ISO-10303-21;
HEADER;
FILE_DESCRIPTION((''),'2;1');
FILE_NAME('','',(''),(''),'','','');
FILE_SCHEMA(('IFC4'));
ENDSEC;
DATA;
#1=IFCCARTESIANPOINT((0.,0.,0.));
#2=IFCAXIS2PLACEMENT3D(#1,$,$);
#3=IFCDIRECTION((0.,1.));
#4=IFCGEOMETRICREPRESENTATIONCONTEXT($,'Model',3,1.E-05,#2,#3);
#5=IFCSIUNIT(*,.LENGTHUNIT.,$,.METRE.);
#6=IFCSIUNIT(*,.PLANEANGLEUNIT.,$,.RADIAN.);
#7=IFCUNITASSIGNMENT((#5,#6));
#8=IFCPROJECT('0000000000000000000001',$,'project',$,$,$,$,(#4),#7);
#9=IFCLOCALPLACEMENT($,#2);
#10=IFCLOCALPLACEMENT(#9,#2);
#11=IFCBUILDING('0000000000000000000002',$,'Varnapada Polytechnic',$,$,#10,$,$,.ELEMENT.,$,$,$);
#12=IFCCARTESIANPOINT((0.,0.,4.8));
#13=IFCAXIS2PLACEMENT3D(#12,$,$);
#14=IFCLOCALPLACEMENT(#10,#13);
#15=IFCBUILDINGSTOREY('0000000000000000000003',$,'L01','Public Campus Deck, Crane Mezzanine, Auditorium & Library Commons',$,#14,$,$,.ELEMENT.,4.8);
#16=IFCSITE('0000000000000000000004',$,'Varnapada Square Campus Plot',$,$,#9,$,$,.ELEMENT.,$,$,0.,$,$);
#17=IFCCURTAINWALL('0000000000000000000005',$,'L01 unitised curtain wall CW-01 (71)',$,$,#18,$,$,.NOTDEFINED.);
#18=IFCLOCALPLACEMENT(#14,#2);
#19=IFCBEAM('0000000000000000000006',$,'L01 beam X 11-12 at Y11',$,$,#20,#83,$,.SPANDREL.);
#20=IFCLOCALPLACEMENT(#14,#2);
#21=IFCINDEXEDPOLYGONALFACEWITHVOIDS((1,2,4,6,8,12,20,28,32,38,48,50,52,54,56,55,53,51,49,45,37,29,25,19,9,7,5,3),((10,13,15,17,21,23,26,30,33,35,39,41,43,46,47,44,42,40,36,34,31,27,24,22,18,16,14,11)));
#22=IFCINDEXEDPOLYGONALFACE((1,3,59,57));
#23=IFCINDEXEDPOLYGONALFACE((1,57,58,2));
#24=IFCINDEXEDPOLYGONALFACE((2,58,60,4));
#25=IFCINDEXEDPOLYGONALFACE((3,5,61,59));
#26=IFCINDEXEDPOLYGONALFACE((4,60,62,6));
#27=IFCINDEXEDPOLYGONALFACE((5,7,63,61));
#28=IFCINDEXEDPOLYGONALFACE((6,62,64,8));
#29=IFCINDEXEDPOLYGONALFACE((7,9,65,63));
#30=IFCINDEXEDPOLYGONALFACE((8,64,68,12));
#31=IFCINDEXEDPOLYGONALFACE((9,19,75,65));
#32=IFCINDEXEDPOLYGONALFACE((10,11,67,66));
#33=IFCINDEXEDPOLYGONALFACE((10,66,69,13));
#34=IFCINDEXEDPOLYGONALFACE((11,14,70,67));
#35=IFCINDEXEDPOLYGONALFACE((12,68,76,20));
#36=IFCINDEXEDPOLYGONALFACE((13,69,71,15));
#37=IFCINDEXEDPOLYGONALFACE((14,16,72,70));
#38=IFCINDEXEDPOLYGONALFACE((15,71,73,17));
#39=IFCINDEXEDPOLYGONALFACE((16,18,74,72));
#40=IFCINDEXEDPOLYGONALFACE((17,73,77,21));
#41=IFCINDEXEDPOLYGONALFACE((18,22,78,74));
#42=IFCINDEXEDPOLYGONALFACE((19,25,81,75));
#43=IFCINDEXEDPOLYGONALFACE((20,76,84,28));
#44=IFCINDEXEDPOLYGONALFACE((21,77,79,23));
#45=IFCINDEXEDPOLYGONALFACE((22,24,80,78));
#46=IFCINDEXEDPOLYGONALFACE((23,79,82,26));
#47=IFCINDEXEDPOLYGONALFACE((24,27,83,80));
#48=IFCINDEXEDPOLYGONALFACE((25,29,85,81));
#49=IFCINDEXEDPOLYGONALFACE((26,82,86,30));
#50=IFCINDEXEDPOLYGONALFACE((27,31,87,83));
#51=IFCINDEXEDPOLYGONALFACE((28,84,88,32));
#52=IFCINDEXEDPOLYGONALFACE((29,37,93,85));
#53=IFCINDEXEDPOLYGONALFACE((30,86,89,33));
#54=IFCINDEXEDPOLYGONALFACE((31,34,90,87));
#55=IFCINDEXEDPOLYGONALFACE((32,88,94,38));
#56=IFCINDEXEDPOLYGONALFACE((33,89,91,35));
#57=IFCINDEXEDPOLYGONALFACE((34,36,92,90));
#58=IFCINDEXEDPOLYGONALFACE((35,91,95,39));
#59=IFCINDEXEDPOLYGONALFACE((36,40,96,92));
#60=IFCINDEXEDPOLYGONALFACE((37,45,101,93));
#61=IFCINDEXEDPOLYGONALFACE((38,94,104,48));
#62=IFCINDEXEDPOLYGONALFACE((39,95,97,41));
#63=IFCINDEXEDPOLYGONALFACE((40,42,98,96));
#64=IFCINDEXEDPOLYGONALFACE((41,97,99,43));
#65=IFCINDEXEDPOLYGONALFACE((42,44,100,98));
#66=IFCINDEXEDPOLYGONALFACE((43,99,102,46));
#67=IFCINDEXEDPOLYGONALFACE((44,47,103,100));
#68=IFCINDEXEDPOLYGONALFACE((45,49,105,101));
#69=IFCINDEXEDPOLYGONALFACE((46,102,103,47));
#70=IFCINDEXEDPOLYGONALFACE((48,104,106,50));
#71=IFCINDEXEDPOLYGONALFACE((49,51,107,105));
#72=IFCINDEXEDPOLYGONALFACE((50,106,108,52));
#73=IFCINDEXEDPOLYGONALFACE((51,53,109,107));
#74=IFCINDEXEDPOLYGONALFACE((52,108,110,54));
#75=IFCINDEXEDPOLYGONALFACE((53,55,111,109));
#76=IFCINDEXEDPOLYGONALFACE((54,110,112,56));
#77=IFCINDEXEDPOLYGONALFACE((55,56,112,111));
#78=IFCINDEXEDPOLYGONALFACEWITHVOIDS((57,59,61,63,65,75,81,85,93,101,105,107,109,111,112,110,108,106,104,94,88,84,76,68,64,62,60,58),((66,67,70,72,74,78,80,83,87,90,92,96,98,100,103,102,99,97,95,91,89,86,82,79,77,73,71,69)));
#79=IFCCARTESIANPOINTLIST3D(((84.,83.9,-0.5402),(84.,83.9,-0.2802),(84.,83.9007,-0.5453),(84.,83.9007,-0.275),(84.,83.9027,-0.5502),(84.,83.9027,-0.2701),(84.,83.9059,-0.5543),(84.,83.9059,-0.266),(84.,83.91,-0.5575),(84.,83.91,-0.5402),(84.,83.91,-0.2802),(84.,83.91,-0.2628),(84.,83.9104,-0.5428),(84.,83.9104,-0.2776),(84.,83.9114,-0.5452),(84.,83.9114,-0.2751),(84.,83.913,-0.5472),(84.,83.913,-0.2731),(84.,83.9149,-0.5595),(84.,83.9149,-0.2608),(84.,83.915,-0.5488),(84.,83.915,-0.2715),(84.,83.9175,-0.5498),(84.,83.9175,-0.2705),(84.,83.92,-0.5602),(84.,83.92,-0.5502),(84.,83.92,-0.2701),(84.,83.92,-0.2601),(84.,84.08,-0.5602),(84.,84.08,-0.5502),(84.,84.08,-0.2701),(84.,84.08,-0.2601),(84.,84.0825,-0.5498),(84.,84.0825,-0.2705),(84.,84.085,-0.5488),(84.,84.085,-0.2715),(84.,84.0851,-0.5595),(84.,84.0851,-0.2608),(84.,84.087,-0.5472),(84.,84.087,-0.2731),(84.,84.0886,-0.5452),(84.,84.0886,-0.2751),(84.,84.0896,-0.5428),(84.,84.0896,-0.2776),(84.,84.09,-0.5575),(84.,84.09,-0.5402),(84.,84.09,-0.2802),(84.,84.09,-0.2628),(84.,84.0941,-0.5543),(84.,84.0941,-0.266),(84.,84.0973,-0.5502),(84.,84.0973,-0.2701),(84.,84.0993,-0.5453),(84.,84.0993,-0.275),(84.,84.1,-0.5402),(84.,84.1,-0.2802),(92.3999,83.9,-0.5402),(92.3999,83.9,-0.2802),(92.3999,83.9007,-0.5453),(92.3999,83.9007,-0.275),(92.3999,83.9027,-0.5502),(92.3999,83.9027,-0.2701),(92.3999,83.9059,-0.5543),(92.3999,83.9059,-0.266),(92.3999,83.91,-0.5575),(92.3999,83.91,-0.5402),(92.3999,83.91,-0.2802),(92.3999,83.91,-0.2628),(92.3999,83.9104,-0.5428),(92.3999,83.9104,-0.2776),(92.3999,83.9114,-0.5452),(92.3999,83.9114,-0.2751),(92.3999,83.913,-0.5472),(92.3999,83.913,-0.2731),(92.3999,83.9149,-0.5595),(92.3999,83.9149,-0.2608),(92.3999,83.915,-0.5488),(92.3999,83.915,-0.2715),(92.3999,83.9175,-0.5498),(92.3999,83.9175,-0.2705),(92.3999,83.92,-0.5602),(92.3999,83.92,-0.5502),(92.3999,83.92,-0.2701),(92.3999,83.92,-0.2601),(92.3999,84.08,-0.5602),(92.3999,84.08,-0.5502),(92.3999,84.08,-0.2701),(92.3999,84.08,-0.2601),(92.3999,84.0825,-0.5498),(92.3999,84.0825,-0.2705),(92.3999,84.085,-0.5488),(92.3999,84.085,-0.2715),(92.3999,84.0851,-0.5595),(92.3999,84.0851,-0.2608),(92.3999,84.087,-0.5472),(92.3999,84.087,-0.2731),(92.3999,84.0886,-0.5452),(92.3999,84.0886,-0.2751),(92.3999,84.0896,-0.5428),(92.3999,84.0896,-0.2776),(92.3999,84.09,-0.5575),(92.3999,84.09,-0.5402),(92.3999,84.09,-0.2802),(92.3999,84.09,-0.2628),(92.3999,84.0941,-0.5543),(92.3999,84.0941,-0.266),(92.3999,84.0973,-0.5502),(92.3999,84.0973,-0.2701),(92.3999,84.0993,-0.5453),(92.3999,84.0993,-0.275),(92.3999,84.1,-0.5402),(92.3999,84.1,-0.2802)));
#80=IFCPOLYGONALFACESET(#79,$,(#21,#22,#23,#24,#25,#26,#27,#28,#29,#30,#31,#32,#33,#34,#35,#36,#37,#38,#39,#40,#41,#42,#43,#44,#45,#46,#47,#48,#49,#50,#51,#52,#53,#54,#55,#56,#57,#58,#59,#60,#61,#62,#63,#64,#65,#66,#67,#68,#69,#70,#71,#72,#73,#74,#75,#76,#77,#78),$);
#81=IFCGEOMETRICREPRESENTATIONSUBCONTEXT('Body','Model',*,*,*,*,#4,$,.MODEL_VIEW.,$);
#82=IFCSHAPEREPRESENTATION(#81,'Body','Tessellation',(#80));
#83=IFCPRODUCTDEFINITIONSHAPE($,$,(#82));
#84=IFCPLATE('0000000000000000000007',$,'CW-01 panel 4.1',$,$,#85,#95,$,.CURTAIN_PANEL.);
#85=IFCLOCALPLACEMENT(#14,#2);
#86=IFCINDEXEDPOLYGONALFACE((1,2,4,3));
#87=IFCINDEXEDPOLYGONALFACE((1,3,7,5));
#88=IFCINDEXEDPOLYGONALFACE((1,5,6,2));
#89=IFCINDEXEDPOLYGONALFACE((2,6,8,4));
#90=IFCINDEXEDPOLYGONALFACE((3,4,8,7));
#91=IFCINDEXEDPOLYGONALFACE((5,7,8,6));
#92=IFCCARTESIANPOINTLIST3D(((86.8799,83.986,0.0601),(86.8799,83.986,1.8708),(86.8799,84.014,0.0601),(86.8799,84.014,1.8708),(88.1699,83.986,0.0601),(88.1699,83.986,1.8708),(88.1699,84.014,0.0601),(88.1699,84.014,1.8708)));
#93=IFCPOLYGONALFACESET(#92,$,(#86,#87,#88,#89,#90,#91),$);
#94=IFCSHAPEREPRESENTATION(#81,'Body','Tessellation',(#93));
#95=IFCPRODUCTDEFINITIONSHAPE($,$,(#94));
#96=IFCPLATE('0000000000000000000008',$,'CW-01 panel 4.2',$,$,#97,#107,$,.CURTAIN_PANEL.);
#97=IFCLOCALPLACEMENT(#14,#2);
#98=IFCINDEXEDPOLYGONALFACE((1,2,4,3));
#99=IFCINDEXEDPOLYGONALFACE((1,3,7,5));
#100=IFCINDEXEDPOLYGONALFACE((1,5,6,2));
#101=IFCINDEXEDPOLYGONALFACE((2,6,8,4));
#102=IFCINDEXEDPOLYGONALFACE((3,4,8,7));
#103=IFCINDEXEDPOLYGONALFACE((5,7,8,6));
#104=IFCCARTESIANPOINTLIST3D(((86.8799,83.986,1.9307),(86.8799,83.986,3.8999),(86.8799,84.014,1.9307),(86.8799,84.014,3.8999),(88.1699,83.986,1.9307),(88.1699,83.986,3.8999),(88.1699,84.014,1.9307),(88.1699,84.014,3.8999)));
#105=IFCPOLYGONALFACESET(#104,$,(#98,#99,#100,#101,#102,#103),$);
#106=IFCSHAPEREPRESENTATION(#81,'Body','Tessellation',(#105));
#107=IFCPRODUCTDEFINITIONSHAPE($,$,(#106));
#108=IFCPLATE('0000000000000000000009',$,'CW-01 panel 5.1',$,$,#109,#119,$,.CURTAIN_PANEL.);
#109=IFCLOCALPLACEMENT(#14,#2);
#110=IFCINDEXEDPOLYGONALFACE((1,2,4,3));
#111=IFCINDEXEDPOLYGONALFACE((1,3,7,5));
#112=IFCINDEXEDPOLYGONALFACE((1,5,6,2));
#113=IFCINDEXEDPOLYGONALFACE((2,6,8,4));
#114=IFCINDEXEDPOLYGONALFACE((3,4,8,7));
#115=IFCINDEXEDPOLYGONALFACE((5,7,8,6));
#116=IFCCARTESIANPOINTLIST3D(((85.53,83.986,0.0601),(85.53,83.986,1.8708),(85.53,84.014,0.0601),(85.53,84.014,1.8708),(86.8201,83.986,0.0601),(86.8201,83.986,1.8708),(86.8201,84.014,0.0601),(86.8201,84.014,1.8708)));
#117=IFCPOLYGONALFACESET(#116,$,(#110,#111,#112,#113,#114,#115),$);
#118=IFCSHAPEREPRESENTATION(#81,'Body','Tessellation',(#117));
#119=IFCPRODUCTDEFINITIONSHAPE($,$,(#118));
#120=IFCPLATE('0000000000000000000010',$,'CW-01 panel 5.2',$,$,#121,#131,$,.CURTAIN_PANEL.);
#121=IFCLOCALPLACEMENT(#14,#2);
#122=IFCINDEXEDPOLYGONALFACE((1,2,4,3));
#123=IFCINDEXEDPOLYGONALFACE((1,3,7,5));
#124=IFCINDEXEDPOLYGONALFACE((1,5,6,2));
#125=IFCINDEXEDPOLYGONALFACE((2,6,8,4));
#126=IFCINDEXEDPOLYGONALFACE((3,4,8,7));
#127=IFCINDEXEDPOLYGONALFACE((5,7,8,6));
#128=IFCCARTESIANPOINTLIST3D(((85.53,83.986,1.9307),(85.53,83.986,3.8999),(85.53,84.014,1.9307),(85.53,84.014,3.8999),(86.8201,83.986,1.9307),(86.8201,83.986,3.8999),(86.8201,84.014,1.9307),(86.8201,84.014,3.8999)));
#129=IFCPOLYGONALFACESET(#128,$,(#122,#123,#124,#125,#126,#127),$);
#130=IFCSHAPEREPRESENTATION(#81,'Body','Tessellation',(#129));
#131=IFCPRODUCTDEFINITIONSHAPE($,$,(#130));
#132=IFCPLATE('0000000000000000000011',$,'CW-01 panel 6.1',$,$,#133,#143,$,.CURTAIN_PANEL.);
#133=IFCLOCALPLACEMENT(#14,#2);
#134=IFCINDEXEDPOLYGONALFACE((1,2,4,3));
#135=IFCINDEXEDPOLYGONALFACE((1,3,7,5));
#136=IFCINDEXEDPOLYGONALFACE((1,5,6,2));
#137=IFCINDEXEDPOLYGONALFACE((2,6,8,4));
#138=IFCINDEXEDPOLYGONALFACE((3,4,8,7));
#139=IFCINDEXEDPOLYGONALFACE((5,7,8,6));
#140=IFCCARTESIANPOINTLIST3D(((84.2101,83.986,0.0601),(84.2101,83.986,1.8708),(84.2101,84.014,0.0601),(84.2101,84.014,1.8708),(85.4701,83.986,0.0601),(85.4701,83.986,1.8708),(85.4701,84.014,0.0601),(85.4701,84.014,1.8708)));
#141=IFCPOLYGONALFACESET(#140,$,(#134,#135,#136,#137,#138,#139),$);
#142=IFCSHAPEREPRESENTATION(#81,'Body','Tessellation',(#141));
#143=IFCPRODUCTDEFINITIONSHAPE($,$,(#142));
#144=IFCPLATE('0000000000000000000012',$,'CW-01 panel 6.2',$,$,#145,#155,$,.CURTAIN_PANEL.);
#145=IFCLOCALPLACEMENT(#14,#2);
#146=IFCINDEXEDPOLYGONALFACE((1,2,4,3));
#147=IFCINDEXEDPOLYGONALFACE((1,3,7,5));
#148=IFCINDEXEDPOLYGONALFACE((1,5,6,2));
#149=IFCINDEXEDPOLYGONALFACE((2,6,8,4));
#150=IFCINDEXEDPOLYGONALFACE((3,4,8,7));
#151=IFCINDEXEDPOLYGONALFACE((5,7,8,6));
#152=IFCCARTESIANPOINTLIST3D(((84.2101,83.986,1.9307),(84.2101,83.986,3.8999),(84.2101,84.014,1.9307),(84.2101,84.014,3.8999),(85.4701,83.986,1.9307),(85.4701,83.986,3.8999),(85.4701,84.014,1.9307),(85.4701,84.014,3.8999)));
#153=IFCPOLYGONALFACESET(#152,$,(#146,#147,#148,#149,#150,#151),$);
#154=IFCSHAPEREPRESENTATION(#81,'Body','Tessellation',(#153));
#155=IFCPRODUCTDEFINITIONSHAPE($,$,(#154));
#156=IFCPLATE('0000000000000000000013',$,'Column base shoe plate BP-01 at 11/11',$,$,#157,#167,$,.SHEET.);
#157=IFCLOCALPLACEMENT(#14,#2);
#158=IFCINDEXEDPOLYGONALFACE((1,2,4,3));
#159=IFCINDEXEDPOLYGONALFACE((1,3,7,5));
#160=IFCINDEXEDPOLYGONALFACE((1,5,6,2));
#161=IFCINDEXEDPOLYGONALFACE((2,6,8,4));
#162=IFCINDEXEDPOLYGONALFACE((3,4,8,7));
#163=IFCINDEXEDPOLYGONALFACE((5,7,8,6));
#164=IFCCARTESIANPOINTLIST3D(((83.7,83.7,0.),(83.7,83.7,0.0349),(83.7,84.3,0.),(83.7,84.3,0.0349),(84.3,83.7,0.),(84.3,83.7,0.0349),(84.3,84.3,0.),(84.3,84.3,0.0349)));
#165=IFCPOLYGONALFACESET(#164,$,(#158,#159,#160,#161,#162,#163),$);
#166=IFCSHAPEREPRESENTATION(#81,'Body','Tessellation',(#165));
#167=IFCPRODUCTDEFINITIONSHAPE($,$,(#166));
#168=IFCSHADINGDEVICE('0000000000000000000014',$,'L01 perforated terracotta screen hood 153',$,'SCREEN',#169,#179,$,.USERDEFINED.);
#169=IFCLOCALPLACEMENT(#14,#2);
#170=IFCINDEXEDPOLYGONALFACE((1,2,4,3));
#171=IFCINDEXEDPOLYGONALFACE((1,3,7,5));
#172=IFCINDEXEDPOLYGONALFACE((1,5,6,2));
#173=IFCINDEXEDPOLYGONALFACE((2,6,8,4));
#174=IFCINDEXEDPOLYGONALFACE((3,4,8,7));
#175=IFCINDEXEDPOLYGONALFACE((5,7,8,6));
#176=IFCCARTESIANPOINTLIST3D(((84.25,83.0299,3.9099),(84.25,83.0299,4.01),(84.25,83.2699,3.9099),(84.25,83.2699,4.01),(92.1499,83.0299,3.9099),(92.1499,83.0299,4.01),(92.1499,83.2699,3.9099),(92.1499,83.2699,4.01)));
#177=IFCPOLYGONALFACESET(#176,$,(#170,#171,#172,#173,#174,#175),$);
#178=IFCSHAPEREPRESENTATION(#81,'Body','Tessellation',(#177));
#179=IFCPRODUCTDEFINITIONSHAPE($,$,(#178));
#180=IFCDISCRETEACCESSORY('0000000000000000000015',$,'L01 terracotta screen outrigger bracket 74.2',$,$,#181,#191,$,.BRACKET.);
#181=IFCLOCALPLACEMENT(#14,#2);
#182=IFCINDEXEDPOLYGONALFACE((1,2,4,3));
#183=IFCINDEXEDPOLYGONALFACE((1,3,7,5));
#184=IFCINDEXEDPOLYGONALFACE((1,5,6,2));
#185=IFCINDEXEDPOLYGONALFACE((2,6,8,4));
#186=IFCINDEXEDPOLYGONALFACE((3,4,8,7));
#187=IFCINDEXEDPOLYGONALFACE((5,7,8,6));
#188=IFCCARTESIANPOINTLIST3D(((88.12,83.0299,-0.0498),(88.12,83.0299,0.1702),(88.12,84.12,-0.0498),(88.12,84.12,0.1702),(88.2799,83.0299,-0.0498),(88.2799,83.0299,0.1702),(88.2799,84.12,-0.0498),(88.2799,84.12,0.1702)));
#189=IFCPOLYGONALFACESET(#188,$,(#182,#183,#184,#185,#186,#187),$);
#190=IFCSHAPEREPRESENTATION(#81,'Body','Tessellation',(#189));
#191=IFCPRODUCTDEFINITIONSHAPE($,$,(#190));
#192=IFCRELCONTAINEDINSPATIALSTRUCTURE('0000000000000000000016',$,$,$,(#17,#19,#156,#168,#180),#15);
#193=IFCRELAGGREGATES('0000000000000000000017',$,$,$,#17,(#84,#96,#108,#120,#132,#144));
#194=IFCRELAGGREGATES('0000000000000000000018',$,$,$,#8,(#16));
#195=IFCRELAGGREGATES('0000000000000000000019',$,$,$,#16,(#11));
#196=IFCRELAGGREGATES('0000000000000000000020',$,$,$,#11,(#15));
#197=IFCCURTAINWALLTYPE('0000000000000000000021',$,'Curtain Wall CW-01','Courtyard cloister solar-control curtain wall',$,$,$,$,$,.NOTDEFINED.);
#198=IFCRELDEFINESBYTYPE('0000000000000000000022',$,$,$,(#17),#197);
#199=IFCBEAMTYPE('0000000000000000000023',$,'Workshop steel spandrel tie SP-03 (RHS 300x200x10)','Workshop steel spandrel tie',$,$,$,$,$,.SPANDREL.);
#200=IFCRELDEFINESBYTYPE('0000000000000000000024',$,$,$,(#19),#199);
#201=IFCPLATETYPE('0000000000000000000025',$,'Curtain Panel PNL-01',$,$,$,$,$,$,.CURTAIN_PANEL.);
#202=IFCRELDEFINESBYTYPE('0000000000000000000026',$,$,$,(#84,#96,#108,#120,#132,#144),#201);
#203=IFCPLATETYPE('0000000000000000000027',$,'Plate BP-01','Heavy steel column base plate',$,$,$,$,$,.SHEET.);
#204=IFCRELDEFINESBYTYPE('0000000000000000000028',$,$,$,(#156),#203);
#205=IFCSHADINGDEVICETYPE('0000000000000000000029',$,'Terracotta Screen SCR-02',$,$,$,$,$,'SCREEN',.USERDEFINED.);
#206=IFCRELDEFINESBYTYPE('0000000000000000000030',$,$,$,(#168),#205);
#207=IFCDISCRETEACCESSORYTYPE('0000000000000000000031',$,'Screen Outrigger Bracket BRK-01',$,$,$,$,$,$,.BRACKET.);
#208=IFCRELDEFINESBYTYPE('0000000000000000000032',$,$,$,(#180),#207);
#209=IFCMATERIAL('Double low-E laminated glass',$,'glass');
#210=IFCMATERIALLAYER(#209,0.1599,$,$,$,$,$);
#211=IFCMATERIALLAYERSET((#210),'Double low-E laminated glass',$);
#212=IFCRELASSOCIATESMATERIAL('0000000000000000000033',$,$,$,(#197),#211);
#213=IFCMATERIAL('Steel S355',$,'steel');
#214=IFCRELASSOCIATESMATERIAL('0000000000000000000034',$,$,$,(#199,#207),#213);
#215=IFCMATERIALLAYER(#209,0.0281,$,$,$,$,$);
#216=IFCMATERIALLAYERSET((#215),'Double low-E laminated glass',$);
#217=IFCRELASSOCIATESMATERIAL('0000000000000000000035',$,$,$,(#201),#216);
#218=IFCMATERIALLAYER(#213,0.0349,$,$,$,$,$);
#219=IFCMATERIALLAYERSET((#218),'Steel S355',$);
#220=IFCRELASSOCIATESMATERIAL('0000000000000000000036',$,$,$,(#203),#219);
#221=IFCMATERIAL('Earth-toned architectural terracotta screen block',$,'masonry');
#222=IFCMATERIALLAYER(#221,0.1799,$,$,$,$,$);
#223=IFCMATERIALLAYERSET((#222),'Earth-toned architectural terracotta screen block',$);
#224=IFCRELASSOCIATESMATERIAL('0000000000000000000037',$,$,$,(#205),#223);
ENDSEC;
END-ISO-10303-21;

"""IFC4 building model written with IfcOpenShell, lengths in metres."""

from ifc_helpers import new_model, si_unit, direction, frame, origin, origin_2d, place, context, subcontext, project, spatial, rectangle, hollow_rectangle, extrude, material, layer, layer_set, material_profile, profile_set, type_object, element, aggregate, save


model = new_model("IFC4")

# Units and contexts
model_context = context("Model", 3, precision=1e-05, world=origin(), true_north=direction((0.0, 1.0)))
body_context = subcontext(model_context, "Body", "Model", "MODEL_VIEW")
ifc_project = project(units=[si_unit("LENGTHUNIT", "METRE"), si_unit("PLANEANGLEUNIT", "RADIAN")], contexts=[model_context])

# Site, building, storey
site_placement = place(None, origin())
site = spatial("IfcSite", under=ifc_project, at=site_placement, Name="Varnapada Square Campus Plot", CompositionType="ELEMENT", RefElevation=0.0)
building_placement = place(site_placement, origin())
building = spatial("IfcBuilding", under=site, at=building_placement, Name="Varnapada Polytechnic", CompositionType="ELEMENT")
storey_placement = place(building_placement, frame((0.0, 0.0, 4.8)))
storey = spatial("IfcBuildingStorey", under=building, at=storey_placement, Name="L01", Description="Public Campus Deck, Crane Mezzanine, Auditorium & Library Commons", CompositionType="ELEMENT", Elevation=4.8)

# Shared definitions
ifc_material_1 = material(Name="Steel S355", Category="steel")

# Curtain wall
ifc_material_2 = material(Name="Double low-E laminated glass", Category="glass")
ifc_layer_1 = layer(ifc_material_2, 0.1599)
ifc_layer_set_1 = layer_set([ifc_layer_1], Name="Double low-E laminated glass")
curtain_wall_type = type_object("IfcCurtainWallType", Name="Curtain Wall CW-01", Description="Courtyard cloister solar-control curtain wall", PredefinedType="NOTDEFINED", material=ifc_layer_set_1)
curtain_wall_placement = place(storey_placement, origin())
curtain_wall = element("IfcCurtainWall", 1, at=curtain_wall_placement, inside=storey, type_object=curtain_wall_type, Name="L01 unitised curtain wall CW-01 (71)", PredefinedType="NOTDEFINED")

# Beam
ifc_material_profile_1 = material_profile(ifc_material_1, hollow_rectangle(XDim=0.2, YDim=0.3, WallThickness=0.01, InnerFilletRadius=0.01, OuterFilletRadius=0.02, at=origin_2d()), Name="RHS 300x200x10")
ifc_profile_set_1 = profile_set([ifc_material_profile_1], Name="Steel S355")
beam_type_1 = type_object("IfcBeamType", Name="Workshop steel spandrel tie SP-03 (RHS 300x200x10)", Description="Workshop steel spandrel tie", PredefinedType="SPANDREL", material=ifc_profile_set_1)
beam_1_placement = place(storey_placement, frame((84.0, 84.0, -0.4102), z_axis=(1.0, 0.0, 0.0), x_axis=(0.0, 1.0, 0.0)))
element("IfcBeam", 2, at=beam_1_placement, inside=storey, type_object=beam_type_1, Name="L01 beam X 11-12 at Y11", PredefinedType="SPANDREL", context=body_context, shape_type="SweptSolid", body=[
    extrude(hollow_rectangle(XDim=0.2, YDim=0.3, WallThickness=0.01, InnerFilletRadius=0.01, OuterFilletRadius=0.02, at=origin_2d()), origin(), (0.0, 0.0, 1.0), 8.3999),
])

# Plates
ifc_layer_2 = layer(ifc_material_2, 0.0281)
ifc_layer_set_2 = layer_set([ifc_layer_2], Name="Double low-E laminated glass")
plate_type_1 = type_object("IfcPlateType", Name="Curtain Panel PNL-01", PredefinedType="CURTAIN_PANEL", material=ifc_layer_set_2)
plate_1_placement = place(storey_placement, frame((87.5249, 84.0, 0.0601), z_axis=(0.0, 0.0, 1.0), x_axis=(-1.0, 0.0, 0.0)))
plate_1 = element("IfcPlate", 3, at=plate_1_placement, type_object=plate_type_1, Name="CW-01 panel 4.1", PredefinedType="CURTAIN_PANEL", context=body_context, shape_type="SweptSolid", body=[
    extrude(rectangle(XDim=1.29, YDim=0.0281, at=origin_2d()), origin(), (0.0, 0.0, 1.0), 1.8108),
])
plate_2_placement = place(storey_placement, frame((87.5249, 84.0, 1.9307), z_axis=(0.0, 0.0, 1.0), x_axis=(-1.0, 0.0, 0.0)))
plate_2 = element("IfcPlate", 4, at=plate_2_placement, type_object=plate_type_1, Name="CW-01 panel 4.2", PredefinedType="CURTAIN_PANEL", context=body_context, shape_type="SweptSolid", body=[
    extrude(rectangle(XDim=1.29, YDim=0.0281, at=origin_2d()), origin(), (0.0, 0.0, 1.0), 1.9692),
])
plate_3_placement = place(storey_placement, frame((86.175, 84.0, 0.0601), z_axis=(0.0, 0.0, 1.0), x_axis=(-1.0, 0.0, 0.0)))
plate_3 = element("IfcPlate", 5, at=plate_3_placement, type_object=plate_type_1, Name="CW-01 panel 5.1", PredefinedType="CURTAIN_PANEL", context=body_context, shape_type="SweptSolid", body=[
    extrude(rectangle(XDim=1.29, YDim=0.0281, at=origin_2d()), origin(), (0.0, 0.0, 1.0), 1.8108),
])
plate_4_placement = place(storey_placement, frame((86.175, 84.0, 1.9307), z_axis=(0.0, 0.0, 1.0), x_axis=(-1.0, 0.0, 0.0)))
plate_4 = element("IfcPlate", 6, at=plate_4_placement, type_object=plate_type_1, Name="CW-01 panel 5.2", PredefinedType="CURTAIN_PANEL", context=body_context, shape_type="SweptSolid", body=[
    extrude(rectangle(XDim=1.29, YDim=0.0281, at=origin_2d()), origin(), (0.0, 0.0, 1.0), 1.9692),
])
plate_5_placement = place(storey_placement, frame((84.8401, 84.0, 0.0601), z_axis=(0.0, 0.0, 1.0), x_axis=(-1.0, 0.0, 0.0)))
plate_5 = element("IfcPlate", 7, at=plate_5_placement, type_object=plate_type_1, Name="CW-01 panel 6.1", PredefinedType="CURTAIN_PANEL", context=body_context, shape_type="SweptSolid", body=[
    extrude(rectangle(XDim=1.26, YDim=0.0281, at=origin_2d()), origin(), (0.0, 0.0, 1.0), 1.8108),
])
plate_6_placement = place(storey_placement, frame((84.8401, 84.0, 1.9307), z_axis=(0.0, 0.0, 1.0), x_axis=(-1.0, 0.0, 0.0)))
plate_6 = element("IfcPlate", 8, at=plate_6_placement, type_object=plate_type_1, Name="CW-01 panel 6.2", PredefinedType="CURTAIN_PANEL", context=body_context, shape_type="SweptSolid", body=[
    extrude(rectangle(XDim=1.26, YDim=0.0281, at=origin_2d()), origin(), (0.0, 0.0, 1.0), 1.9692),
])
aggregate(curtain_wall, [plate_1, plate_2, plate_3, plate_4, plate_5, plate_6])
ifc_layer_3 = layer(ifc_material_1, 0.0349)
ifc_layer_set_3 = layer_set([ifc_layer_3], Name="Steel S355")
plate_type_2 = type_object("IfcPlateType", Name="Plate BP-01", Description="Heavy steel column base plate", PredefinedType="SHEET", material=ifc_layer_set_3)
plate_7_placement = place(storey_placement, frame((84.0, 84.0, 0.0), z_axis=(0.0, 0.0, 1.0), x_axis=(1.0, 0.0, 0.0)))
element("IfcPlate", 9, at=plate_7_placement, inside=storey, type_object=plate_type_2, Name="Column base shoe plate BP-01 at 11/11", PredefinedType="SHEET", context=body_context, shape_type="SweptSolid", body=[
    extrude(rectangle(XDim=0.6001, YDim=0.6001, at=origin_2d()), origin(), (0.0, 0.0, 1.0), 0.0349),
])

# Shading device
ifc_material_3 = material(Name="Earth-toned architectural terracotta screen block", Category="masonry")
ifc_layer_4 = layer(ifc_material_3, 0.1799)
ifc_layer_set_4 = layer_set([ifc_layer_4], Name="Earth-toned architectural terracotta screen block")
shading_device_type = type_object("IfcShadingDeviceType", Name="Terracotta Screen SCR-02", ElementType="SCREEN", PredefinedType="USERDEFINED", material=ifc_layer_set_4)
shading_device_placement = place(storey_placement, frame((88.2, 83.1499, 3.9099), z_axis=(0.0, 0.0, 1.0), x_axis=(-1.0, 0.0, 0.0)))
element("IfcShadingDevice", 10, at=shading_device_placement, inside=storey, type_object=shading_device_type, Name="L01 perforated terracotta screen hood 153", ObjectType="SCREEN", PredefinedType="USERDEFINED", context=body_context, shape_type="SweptSolid", body=[
    extrude(rectangle(XDim=7.8999, YDim=0.24, at=origin_2d()), origin(), (0.0, 0.0, 1.0), 0.1001),
])

# Discrete accessory
discrete_accessory_type = type_object("IfcDiscreteAccessoryType", Name="Screen Outrigger Bracket BRK-01", PredefinedType="BRACKET", material=ifc_material_1)
for number, where, z_axis, x_axis, name in (
    (11, (88.2, 83.575, -0.0498), (0.0, 0.0, 1.0), (-1.0, 0.0, 0.0), "L01 terracotta screen outrigger bracket 74.2"),
):
    element("IfcDiscreteAccessory", number, at=place(storey_placement, frame(where, z_axis=z_axis, x_axis=x_axis)), inside=storey, type_object=discrete_accessory_type, Name=name, PredefinedType="BRACKET", context=body_context, shape_type="SweptSolid", body=[
        extrude(rectangle(XDim=0.1599, YDim=1.0901, at=origin_2d()), origin(), (0.0, 0.0, 1.0), 0.22),
    ])

save(model, "model.ifc")
